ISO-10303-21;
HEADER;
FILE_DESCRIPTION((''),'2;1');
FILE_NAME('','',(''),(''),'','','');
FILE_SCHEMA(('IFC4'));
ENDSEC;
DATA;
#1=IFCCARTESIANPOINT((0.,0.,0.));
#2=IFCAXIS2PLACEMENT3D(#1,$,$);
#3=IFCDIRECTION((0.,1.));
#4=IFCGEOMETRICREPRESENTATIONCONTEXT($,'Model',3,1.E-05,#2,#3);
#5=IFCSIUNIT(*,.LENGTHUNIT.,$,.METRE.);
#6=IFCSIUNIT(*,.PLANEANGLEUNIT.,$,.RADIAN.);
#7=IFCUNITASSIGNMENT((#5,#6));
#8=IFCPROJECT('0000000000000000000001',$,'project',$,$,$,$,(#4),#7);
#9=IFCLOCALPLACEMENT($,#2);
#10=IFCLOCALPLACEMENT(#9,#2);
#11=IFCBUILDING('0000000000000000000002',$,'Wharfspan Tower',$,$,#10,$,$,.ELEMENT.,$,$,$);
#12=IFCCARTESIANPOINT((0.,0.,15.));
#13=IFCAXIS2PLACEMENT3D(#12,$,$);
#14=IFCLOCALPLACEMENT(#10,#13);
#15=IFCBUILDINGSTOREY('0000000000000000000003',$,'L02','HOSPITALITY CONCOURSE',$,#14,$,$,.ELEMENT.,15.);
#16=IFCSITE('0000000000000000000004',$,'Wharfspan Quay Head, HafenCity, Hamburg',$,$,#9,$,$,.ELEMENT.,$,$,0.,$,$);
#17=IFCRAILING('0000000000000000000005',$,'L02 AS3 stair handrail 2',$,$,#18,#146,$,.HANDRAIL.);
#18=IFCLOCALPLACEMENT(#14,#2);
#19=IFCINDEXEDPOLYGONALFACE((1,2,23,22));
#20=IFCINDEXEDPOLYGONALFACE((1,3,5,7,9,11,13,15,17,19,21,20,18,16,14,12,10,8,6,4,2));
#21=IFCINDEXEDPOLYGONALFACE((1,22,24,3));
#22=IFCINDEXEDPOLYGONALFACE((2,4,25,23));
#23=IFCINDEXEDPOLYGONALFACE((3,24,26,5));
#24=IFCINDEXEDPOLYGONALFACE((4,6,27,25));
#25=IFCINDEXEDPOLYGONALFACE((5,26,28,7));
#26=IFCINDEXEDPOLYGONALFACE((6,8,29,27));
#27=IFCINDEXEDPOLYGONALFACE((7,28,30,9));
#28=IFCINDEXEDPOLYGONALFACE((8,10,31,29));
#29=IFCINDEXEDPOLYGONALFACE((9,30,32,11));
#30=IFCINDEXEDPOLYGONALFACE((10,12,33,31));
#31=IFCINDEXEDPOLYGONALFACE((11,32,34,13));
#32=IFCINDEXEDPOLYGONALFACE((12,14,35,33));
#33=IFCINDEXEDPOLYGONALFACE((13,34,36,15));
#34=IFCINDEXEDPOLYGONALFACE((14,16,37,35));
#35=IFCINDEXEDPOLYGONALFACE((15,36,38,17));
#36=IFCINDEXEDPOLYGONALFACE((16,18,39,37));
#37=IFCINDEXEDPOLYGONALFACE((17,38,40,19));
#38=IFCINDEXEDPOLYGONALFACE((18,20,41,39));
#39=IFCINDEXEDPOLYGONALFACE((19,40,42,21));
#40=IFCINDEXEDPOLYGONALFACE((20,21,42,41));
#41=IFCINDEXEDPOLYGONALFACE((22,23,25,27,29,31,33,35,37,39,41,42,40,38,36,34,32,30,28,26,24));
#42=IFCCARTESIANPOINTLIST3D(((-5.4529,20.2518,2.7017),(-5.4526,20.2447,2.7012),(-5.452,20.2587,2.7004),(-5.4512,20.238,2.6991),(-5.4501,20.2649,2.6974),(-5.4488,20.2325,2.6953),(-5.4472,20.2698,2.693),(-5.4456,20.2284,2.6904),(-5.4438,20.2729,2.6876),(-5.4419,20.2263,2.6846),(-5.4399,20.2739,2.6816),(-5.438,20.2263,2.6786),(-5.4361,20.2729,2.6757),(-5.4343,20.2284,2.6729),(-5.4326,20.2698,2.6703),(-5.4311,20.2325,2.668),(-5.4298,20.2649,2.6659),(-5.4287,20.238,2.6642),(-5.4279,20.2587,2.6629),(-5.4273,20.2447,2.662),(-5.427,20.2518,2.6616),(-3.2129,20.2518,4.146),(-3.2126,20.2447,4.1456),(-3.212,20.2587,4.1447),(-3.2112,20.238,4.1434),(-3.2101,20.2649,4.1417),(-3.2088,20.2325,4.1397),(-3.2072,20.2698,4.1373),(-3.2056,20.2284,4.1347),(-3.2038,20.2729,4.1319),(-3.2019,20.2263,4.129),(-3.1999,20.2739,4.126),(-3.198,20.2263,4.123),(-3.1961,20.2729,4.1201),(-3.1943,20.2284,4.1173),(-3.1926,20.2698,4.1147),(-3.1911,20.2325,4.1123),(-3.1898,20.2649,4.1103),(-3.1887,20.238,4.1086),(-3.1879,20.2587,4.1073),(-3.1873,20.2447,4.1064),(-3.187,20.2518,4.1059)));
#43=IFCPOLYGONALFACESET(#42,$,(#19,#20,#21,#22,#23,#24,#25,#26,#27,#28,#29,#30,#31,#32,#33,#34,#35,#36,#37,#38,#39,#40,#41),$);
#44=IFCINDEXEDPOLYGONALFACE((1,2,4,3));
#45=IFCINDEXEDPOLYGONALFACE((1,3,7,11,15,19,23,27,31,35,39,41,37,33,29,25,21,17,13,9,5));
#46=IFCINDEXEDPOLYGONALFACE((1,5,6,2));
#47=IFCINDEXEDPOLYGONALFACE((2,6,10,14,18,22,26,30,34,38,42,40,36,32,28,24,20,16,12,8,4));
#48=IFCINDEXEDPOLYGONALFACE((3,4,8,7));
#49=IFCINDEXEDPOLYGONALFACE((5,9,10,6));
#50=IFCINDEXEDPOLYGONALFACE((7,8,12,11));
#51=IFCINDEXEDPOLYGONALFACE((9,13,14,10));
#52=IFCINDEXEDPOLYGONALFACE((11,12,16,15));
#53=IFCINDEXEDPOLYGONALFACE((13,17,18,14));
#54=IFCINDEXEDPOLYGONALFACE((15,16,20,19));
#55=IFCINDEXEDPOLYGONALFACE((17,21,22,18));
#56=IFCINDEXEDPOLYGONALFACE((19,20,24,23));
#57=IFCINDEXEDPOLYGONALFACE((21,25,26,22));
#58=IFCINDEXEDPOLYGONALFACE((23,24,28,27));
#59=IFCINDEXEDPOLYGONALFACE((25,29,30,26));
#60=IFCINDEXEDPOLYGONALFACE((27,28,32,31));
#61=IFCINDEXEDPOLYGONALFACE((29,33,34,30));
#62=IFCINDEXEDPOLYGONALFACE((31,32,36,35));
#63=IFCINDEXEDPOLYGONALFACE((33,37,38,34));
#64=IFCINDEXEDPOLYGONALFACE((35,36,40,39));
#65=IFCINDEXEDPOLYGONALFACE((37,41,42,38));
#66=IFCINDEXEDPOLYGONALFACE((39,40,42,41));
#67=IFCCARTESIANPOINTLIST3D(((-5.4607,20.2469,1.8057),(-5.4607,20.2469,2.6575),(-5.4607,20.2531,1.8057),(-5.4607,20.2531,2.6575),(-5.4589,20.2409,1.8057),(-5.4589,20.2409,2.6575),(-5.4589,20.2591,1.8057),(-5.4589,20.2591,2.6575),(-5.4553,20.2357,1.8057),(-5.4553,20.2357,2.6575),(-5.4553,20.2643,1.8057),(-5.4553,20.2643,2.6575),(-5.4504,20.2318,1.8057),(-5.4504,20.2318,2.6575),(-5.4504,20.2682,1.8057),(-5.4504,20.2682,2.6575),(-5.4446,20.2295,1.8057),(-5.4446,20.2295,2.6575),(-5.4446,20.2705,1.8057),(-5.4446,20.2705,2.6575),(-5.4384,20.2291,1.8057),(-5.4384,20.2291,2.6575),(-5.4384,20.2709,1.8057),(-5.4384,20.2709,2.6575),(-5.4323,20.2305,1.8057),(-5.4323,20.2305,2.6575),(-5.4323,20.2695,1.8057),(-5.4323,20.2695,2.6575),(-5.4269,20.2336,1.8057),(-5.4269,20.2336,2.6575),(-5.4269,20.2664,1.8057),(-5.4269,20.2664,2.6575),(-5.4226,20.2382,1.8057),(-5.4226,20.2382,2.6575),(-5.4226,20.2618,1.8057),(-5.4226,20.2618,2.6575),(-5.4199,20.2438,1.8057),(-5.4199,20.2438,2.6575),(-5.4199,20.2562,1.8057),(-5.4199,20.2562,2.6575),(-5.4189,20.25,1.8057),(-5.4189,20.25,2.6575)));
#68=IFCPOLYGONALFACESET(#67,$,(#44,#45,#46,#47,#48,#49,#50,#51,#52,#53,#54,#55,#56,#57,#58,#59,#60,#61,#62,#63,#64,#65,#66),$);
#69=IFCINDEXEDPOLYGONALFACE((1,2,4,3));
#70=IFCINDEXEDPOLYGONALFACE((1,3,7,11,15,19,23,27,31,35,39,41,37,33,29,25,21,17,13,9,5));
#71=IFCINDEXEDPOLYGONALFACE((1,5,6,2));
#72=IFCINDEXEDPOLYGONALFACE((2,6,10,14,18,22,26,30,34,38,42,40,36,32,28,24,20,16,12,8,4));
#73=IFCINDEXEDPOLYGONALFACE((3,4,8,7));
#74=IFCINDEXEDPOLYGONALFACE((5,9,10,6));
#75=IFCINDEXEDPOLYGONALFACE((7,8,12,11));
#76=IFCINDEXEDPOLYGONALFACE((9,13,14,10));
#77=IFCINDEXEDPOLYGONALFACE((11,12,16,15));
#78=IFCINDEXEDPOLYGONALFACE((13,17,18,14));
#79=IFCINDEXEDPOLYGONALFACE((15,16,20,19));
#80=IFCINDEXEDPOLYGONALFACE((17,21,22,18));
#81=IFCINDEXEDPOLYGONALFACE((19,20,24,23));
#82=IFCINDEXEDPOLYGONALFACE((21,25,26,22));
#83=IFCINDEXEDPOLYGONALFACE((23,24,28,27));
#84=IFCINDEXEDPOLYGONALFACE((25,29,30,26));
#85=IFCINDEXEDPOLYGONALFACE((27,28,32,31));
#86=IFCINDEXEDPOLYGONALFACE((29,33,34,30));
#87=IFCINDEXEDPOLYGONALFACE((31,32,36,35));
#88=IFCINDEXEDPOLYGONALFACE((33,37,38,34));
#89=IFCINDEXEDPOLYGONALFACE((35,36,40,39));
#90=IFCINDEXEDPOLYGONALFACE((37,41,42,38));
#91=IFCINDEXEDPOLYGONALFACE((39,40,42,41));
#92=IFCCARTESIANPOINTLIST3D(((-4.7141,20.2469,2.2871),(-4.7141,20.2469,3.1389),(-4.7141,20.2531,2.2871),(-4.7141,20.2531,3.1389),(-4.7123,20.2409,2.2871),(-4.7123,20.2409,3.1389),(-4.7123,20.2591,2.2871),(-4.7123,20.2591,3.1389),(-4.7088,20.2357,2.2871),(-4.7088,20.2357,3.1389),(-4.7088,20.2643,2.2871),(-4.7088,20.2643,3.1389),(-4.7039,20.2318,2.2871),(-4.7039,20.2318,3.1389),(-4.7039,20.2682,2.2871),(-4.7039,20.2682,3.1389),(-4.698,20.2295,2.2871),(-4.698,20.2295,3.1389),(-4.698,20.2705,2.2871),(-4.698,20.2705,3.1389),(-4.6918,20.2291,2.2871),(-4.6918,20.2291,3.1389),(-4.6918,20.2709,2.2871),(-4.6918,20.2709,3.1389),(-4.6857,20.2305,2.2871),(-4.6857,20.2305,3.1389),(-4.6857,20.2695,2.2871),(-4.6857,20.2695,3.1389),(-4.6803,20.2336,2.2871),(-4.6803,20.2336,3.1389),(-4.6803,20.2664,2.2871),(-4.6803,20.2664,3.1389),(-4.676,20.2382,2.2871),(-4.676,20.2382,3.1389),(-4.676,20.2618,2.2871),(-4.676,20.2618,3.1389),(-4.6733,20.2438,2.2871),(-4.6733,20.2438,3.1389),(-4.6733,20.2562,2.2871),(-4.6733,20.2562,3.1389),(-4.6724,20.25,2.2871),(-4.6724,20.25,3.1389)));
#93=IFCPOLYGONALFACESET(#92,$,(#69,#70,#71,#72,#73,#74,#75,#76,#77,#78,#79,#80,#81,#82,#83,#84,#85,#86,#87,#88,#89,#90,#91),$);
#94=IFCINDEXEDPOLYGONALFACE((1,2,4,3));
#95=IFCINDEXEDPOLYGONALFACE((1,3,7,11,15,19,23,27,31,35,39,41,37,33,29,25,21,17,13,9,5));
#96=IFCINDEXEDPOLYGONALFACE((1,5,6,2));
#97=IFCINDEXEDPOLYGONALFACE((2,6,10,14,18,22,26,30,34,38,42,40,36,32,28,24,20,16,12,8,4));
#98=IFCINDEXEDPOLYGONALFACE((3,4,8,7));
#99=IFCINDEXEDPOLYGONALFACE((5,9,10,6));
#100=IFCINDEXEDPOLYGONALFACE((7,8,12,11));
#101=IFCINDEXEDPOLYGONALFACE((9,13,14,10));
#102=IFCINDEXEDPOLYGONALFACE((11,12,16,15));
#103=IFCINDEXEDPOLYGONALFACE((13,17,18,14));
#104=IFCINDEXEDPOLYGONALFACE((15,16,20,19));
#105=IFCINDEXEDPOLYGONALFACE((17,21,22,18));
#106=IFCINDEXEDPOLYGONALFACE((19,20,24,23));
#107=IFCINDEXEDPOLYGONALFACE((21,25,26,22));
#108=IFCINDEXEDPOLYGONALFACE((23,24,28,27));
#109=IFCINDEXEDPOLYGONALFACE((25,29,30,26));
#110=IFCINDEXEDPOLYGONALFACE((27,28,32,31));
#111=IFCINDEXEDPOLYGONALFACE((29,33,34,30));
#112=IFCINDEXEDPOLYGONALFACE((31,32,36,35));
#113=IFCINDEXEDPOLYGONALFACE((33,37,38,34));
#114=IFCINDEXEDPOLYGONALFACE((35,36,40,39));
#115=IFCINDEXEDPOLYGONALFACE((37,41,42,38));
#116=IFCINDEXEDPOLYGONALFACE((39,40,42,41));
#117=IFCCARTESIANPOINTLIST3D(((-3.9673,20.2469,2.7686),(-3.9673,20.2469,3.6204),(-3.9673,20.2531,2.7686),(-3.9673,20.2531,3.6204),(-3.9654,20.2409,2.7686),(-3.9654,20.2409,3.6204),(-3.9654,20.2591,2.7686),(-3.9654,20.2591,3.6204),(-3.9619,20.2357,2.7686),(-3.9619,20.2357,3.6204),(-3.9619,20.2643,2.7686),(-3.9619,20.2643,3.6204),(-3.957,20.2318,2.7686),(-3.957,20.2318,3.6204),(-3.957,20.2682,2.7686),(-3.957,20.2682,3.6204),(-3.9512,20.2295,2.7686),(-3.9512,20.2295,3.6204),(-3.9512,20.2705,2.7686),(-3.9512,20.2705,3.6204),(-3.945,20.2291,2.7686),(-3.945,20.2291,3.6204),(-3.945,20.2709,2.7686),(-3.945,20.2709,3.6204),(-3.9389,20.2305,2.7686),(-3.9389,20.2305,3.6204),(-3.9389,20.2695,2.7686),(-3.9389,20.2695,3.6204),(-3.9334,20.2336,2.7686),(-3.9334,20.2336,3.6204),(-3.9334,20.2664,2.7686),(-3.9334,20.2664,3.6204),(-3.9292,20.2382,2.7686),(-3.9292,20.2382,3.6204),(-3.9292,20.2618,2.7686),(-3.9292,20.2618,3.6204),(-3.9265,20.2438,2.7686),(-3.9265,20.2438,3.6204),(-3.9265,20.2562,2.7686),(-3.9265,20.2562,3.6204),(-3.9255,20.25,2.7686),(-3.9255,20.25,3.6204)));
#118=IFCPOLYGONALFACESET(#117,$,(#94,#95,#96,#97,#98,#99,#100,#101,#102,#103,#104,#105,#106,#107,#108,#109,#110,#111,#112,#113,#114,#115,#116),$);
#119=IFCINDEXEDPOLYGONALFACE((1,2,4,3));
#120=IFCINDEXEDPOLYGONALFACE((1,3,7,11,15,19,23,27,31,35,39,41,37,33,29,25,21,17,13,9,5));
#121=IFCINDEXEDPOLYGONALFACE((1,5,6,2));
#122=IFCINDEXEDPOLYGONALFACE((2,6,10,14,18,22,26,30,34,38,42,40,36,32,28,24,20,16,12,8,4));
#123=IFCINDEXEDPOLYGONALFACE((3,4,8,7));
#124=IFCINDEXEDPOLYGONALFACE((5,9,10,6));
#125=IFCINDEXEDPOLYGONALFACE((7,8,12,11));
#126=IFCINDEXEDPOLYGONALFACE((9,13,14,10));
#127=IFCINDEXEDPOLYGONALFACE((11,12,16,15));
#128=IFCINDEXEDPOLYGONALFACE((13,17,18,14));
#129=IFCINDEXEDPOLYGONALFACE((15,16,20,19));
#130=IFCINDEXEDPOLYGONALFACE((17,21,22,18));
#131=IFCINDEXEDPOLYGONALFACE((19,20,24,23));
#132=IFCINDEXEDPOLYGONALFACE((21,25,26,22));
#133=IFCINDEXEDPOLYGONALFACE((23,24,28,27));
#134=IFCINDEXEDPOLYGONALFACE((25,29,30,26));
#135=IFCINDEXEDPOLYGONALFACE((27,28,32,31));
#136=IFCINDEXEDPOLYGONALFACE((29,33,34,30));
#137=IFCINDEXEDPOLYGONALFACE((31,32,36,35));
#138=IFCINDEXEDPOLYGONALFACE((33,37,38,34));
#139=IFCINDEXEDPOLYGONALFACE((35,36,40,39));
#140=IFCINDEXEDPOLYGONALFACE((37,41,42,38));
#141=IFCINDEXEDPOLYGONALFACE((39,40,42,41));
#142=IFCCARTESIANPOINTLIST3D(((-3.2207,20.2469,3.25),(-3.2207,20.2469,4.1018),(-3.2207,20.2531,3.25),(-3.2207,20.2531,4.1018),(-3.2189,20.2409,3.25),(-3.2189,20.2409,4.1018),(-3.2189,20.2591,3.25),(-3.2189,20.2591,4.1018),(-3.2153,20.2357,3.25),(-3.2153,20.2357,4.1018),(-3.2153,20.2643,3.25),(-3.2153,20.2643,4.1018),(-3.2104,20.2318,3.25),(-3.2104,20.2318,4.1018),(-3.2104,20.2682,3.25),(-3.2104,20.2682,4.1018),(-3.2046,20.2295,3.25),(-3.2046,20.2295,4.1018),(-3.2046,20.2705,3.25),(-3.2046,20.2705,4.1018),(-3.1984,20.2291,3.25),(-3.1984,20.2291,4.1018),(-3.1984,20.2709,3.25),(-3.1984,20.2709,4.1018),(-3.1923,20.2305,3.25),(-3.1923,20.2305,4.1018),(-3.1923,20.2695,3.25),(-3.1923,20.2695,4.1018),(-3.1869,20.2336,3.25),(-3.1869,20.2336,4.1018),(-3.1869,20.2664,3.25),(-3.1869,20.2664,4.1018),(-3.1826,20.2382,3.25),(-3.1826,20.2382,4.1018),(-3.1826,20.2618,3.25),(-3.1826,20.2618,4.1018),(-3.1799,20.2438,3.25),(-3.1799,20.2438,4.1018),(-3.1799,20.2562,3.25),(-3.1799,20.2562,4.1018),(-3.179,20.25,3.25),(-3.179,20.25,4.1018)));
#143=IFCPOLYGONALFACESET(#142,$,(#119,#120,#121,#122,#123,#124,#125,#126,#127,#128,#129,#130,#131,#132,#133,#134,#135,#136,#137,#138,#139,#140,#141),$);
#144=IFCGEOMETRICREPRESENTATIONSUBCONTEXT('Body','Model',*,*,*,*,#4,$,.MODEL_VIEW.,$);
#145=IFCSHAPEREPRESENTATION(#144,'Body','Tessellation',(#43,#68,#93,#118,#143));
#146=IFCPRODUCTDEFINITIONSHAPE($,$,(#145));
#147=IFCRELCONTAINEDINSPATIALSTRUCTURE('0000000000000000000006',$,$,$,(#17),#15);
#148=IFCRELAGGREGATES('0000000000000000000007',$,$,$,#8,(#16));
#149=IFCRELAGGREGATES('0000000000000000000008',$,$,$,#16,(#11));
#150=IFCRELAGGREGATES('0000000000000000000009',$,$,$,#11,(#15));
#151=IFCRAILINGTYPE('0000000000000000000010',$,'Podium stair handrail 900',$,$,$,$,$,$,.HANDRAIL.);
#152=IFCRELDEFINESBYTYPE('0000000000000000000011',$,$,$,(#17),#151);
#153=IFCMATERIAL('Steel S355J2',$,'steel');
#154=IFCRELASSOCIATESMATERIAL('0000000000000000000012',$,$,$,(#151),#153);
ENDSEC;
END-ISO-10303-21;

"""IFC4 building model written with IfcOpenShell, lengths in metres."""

from ifc_helpers import new_model, si_unit, direction, frame, origin, origin_2d, place, context, subcontext, project, spatial, circle, extrude, material, type_object, element, save


model = new_model("IFC4")

# Units and contexts
model_context = context("Model", 3, precision=1e-05, world=origin(), true_north=direction((0.0, 1.0)))
body_context = subcontext(model_context, "Body", "Model", "MODEL_VIEW")
ifc_project = project(units=[si_unit("LENGTHUNIT", "METRE"), si_unit("PLANEANGLEUNIT", "RADIAN")], contexts=[model_context])

# Site, building, storey
site_placement = place(None, origin())
site = spatial("IfcSite", under=ifc_project, at=site_placement, Name="Wharfspan Quay Head, HafenCity, Hamburg", CompositionType="ELEMENT", RefElevation=0.0)
building_placement = place(site_placement, origin())
building = spatial("IfcBuilding", under=site, at=building_placement, Name="Wharfspan Tower", CompositionType="ELEMENT")
storey_placement = place(building_placement, frame((0.0, 0.0, 15.0)))
storey = spatial("IfcBuildingStorey", under=building, at=storey_placement, Name="L02", Description="HOSPITALITY CONCOURSE", CompositionType="ELEMENT", Elevation=15.0)

# Railing
ifc_material_1 = material(Name="Steel S355J2", Category="steel")
railing_type_1 = type_object("IfcRailingType", Name="Podium stair handrail 900", PredefinedType="HANDRAIL", material=ifc_material_1)
for number, where, name in (
    (1, (-5.4399, 20.25, 1.8057), "L02 AS3 stair handrail 2"),
):
    element("IfcRailing", number, at=place(storey_placement, frame(where)), inside=storey, type_object=railing_type_1, Name=name, PredefinedType="HANDRAIL", context=body_context, shape_type="SweptSolid", body=[
        extrude(circle(Radius=0.0239, at=origin_2d()), frame((0.0, 0.0, 0.876), z_axis=(0.840437, 0.0, 0.54191), x_axis=(0.0, 1.0, 0.0)), (0.0, 0.0, 1.0), 2.6653),
        extrude(circle(Radius=0.021, at=origin_2d()), origin(), (0.0, 0.0, 1.0), 0.8518),
        extrude(circle(Radius=0.021, at=origin_2d()), frame((0.7466, 0.0, 0.4814)), (0.0, 0.0, 1.0), 0.8518),
        extrude(circle(Radius=0.021, at=origin_2d()), frame((1.4934, 0.0, 0.9629)), (0.0, 0.0, 1.0), 0.8518),
        extrude(circle(Radius=0.021, at=origin_2d()), frame((2.24, 0.0, 1.4443)), (0.0, 0.0, 1.0), 0.8518),
    ])

save(model, "model.ifc")
